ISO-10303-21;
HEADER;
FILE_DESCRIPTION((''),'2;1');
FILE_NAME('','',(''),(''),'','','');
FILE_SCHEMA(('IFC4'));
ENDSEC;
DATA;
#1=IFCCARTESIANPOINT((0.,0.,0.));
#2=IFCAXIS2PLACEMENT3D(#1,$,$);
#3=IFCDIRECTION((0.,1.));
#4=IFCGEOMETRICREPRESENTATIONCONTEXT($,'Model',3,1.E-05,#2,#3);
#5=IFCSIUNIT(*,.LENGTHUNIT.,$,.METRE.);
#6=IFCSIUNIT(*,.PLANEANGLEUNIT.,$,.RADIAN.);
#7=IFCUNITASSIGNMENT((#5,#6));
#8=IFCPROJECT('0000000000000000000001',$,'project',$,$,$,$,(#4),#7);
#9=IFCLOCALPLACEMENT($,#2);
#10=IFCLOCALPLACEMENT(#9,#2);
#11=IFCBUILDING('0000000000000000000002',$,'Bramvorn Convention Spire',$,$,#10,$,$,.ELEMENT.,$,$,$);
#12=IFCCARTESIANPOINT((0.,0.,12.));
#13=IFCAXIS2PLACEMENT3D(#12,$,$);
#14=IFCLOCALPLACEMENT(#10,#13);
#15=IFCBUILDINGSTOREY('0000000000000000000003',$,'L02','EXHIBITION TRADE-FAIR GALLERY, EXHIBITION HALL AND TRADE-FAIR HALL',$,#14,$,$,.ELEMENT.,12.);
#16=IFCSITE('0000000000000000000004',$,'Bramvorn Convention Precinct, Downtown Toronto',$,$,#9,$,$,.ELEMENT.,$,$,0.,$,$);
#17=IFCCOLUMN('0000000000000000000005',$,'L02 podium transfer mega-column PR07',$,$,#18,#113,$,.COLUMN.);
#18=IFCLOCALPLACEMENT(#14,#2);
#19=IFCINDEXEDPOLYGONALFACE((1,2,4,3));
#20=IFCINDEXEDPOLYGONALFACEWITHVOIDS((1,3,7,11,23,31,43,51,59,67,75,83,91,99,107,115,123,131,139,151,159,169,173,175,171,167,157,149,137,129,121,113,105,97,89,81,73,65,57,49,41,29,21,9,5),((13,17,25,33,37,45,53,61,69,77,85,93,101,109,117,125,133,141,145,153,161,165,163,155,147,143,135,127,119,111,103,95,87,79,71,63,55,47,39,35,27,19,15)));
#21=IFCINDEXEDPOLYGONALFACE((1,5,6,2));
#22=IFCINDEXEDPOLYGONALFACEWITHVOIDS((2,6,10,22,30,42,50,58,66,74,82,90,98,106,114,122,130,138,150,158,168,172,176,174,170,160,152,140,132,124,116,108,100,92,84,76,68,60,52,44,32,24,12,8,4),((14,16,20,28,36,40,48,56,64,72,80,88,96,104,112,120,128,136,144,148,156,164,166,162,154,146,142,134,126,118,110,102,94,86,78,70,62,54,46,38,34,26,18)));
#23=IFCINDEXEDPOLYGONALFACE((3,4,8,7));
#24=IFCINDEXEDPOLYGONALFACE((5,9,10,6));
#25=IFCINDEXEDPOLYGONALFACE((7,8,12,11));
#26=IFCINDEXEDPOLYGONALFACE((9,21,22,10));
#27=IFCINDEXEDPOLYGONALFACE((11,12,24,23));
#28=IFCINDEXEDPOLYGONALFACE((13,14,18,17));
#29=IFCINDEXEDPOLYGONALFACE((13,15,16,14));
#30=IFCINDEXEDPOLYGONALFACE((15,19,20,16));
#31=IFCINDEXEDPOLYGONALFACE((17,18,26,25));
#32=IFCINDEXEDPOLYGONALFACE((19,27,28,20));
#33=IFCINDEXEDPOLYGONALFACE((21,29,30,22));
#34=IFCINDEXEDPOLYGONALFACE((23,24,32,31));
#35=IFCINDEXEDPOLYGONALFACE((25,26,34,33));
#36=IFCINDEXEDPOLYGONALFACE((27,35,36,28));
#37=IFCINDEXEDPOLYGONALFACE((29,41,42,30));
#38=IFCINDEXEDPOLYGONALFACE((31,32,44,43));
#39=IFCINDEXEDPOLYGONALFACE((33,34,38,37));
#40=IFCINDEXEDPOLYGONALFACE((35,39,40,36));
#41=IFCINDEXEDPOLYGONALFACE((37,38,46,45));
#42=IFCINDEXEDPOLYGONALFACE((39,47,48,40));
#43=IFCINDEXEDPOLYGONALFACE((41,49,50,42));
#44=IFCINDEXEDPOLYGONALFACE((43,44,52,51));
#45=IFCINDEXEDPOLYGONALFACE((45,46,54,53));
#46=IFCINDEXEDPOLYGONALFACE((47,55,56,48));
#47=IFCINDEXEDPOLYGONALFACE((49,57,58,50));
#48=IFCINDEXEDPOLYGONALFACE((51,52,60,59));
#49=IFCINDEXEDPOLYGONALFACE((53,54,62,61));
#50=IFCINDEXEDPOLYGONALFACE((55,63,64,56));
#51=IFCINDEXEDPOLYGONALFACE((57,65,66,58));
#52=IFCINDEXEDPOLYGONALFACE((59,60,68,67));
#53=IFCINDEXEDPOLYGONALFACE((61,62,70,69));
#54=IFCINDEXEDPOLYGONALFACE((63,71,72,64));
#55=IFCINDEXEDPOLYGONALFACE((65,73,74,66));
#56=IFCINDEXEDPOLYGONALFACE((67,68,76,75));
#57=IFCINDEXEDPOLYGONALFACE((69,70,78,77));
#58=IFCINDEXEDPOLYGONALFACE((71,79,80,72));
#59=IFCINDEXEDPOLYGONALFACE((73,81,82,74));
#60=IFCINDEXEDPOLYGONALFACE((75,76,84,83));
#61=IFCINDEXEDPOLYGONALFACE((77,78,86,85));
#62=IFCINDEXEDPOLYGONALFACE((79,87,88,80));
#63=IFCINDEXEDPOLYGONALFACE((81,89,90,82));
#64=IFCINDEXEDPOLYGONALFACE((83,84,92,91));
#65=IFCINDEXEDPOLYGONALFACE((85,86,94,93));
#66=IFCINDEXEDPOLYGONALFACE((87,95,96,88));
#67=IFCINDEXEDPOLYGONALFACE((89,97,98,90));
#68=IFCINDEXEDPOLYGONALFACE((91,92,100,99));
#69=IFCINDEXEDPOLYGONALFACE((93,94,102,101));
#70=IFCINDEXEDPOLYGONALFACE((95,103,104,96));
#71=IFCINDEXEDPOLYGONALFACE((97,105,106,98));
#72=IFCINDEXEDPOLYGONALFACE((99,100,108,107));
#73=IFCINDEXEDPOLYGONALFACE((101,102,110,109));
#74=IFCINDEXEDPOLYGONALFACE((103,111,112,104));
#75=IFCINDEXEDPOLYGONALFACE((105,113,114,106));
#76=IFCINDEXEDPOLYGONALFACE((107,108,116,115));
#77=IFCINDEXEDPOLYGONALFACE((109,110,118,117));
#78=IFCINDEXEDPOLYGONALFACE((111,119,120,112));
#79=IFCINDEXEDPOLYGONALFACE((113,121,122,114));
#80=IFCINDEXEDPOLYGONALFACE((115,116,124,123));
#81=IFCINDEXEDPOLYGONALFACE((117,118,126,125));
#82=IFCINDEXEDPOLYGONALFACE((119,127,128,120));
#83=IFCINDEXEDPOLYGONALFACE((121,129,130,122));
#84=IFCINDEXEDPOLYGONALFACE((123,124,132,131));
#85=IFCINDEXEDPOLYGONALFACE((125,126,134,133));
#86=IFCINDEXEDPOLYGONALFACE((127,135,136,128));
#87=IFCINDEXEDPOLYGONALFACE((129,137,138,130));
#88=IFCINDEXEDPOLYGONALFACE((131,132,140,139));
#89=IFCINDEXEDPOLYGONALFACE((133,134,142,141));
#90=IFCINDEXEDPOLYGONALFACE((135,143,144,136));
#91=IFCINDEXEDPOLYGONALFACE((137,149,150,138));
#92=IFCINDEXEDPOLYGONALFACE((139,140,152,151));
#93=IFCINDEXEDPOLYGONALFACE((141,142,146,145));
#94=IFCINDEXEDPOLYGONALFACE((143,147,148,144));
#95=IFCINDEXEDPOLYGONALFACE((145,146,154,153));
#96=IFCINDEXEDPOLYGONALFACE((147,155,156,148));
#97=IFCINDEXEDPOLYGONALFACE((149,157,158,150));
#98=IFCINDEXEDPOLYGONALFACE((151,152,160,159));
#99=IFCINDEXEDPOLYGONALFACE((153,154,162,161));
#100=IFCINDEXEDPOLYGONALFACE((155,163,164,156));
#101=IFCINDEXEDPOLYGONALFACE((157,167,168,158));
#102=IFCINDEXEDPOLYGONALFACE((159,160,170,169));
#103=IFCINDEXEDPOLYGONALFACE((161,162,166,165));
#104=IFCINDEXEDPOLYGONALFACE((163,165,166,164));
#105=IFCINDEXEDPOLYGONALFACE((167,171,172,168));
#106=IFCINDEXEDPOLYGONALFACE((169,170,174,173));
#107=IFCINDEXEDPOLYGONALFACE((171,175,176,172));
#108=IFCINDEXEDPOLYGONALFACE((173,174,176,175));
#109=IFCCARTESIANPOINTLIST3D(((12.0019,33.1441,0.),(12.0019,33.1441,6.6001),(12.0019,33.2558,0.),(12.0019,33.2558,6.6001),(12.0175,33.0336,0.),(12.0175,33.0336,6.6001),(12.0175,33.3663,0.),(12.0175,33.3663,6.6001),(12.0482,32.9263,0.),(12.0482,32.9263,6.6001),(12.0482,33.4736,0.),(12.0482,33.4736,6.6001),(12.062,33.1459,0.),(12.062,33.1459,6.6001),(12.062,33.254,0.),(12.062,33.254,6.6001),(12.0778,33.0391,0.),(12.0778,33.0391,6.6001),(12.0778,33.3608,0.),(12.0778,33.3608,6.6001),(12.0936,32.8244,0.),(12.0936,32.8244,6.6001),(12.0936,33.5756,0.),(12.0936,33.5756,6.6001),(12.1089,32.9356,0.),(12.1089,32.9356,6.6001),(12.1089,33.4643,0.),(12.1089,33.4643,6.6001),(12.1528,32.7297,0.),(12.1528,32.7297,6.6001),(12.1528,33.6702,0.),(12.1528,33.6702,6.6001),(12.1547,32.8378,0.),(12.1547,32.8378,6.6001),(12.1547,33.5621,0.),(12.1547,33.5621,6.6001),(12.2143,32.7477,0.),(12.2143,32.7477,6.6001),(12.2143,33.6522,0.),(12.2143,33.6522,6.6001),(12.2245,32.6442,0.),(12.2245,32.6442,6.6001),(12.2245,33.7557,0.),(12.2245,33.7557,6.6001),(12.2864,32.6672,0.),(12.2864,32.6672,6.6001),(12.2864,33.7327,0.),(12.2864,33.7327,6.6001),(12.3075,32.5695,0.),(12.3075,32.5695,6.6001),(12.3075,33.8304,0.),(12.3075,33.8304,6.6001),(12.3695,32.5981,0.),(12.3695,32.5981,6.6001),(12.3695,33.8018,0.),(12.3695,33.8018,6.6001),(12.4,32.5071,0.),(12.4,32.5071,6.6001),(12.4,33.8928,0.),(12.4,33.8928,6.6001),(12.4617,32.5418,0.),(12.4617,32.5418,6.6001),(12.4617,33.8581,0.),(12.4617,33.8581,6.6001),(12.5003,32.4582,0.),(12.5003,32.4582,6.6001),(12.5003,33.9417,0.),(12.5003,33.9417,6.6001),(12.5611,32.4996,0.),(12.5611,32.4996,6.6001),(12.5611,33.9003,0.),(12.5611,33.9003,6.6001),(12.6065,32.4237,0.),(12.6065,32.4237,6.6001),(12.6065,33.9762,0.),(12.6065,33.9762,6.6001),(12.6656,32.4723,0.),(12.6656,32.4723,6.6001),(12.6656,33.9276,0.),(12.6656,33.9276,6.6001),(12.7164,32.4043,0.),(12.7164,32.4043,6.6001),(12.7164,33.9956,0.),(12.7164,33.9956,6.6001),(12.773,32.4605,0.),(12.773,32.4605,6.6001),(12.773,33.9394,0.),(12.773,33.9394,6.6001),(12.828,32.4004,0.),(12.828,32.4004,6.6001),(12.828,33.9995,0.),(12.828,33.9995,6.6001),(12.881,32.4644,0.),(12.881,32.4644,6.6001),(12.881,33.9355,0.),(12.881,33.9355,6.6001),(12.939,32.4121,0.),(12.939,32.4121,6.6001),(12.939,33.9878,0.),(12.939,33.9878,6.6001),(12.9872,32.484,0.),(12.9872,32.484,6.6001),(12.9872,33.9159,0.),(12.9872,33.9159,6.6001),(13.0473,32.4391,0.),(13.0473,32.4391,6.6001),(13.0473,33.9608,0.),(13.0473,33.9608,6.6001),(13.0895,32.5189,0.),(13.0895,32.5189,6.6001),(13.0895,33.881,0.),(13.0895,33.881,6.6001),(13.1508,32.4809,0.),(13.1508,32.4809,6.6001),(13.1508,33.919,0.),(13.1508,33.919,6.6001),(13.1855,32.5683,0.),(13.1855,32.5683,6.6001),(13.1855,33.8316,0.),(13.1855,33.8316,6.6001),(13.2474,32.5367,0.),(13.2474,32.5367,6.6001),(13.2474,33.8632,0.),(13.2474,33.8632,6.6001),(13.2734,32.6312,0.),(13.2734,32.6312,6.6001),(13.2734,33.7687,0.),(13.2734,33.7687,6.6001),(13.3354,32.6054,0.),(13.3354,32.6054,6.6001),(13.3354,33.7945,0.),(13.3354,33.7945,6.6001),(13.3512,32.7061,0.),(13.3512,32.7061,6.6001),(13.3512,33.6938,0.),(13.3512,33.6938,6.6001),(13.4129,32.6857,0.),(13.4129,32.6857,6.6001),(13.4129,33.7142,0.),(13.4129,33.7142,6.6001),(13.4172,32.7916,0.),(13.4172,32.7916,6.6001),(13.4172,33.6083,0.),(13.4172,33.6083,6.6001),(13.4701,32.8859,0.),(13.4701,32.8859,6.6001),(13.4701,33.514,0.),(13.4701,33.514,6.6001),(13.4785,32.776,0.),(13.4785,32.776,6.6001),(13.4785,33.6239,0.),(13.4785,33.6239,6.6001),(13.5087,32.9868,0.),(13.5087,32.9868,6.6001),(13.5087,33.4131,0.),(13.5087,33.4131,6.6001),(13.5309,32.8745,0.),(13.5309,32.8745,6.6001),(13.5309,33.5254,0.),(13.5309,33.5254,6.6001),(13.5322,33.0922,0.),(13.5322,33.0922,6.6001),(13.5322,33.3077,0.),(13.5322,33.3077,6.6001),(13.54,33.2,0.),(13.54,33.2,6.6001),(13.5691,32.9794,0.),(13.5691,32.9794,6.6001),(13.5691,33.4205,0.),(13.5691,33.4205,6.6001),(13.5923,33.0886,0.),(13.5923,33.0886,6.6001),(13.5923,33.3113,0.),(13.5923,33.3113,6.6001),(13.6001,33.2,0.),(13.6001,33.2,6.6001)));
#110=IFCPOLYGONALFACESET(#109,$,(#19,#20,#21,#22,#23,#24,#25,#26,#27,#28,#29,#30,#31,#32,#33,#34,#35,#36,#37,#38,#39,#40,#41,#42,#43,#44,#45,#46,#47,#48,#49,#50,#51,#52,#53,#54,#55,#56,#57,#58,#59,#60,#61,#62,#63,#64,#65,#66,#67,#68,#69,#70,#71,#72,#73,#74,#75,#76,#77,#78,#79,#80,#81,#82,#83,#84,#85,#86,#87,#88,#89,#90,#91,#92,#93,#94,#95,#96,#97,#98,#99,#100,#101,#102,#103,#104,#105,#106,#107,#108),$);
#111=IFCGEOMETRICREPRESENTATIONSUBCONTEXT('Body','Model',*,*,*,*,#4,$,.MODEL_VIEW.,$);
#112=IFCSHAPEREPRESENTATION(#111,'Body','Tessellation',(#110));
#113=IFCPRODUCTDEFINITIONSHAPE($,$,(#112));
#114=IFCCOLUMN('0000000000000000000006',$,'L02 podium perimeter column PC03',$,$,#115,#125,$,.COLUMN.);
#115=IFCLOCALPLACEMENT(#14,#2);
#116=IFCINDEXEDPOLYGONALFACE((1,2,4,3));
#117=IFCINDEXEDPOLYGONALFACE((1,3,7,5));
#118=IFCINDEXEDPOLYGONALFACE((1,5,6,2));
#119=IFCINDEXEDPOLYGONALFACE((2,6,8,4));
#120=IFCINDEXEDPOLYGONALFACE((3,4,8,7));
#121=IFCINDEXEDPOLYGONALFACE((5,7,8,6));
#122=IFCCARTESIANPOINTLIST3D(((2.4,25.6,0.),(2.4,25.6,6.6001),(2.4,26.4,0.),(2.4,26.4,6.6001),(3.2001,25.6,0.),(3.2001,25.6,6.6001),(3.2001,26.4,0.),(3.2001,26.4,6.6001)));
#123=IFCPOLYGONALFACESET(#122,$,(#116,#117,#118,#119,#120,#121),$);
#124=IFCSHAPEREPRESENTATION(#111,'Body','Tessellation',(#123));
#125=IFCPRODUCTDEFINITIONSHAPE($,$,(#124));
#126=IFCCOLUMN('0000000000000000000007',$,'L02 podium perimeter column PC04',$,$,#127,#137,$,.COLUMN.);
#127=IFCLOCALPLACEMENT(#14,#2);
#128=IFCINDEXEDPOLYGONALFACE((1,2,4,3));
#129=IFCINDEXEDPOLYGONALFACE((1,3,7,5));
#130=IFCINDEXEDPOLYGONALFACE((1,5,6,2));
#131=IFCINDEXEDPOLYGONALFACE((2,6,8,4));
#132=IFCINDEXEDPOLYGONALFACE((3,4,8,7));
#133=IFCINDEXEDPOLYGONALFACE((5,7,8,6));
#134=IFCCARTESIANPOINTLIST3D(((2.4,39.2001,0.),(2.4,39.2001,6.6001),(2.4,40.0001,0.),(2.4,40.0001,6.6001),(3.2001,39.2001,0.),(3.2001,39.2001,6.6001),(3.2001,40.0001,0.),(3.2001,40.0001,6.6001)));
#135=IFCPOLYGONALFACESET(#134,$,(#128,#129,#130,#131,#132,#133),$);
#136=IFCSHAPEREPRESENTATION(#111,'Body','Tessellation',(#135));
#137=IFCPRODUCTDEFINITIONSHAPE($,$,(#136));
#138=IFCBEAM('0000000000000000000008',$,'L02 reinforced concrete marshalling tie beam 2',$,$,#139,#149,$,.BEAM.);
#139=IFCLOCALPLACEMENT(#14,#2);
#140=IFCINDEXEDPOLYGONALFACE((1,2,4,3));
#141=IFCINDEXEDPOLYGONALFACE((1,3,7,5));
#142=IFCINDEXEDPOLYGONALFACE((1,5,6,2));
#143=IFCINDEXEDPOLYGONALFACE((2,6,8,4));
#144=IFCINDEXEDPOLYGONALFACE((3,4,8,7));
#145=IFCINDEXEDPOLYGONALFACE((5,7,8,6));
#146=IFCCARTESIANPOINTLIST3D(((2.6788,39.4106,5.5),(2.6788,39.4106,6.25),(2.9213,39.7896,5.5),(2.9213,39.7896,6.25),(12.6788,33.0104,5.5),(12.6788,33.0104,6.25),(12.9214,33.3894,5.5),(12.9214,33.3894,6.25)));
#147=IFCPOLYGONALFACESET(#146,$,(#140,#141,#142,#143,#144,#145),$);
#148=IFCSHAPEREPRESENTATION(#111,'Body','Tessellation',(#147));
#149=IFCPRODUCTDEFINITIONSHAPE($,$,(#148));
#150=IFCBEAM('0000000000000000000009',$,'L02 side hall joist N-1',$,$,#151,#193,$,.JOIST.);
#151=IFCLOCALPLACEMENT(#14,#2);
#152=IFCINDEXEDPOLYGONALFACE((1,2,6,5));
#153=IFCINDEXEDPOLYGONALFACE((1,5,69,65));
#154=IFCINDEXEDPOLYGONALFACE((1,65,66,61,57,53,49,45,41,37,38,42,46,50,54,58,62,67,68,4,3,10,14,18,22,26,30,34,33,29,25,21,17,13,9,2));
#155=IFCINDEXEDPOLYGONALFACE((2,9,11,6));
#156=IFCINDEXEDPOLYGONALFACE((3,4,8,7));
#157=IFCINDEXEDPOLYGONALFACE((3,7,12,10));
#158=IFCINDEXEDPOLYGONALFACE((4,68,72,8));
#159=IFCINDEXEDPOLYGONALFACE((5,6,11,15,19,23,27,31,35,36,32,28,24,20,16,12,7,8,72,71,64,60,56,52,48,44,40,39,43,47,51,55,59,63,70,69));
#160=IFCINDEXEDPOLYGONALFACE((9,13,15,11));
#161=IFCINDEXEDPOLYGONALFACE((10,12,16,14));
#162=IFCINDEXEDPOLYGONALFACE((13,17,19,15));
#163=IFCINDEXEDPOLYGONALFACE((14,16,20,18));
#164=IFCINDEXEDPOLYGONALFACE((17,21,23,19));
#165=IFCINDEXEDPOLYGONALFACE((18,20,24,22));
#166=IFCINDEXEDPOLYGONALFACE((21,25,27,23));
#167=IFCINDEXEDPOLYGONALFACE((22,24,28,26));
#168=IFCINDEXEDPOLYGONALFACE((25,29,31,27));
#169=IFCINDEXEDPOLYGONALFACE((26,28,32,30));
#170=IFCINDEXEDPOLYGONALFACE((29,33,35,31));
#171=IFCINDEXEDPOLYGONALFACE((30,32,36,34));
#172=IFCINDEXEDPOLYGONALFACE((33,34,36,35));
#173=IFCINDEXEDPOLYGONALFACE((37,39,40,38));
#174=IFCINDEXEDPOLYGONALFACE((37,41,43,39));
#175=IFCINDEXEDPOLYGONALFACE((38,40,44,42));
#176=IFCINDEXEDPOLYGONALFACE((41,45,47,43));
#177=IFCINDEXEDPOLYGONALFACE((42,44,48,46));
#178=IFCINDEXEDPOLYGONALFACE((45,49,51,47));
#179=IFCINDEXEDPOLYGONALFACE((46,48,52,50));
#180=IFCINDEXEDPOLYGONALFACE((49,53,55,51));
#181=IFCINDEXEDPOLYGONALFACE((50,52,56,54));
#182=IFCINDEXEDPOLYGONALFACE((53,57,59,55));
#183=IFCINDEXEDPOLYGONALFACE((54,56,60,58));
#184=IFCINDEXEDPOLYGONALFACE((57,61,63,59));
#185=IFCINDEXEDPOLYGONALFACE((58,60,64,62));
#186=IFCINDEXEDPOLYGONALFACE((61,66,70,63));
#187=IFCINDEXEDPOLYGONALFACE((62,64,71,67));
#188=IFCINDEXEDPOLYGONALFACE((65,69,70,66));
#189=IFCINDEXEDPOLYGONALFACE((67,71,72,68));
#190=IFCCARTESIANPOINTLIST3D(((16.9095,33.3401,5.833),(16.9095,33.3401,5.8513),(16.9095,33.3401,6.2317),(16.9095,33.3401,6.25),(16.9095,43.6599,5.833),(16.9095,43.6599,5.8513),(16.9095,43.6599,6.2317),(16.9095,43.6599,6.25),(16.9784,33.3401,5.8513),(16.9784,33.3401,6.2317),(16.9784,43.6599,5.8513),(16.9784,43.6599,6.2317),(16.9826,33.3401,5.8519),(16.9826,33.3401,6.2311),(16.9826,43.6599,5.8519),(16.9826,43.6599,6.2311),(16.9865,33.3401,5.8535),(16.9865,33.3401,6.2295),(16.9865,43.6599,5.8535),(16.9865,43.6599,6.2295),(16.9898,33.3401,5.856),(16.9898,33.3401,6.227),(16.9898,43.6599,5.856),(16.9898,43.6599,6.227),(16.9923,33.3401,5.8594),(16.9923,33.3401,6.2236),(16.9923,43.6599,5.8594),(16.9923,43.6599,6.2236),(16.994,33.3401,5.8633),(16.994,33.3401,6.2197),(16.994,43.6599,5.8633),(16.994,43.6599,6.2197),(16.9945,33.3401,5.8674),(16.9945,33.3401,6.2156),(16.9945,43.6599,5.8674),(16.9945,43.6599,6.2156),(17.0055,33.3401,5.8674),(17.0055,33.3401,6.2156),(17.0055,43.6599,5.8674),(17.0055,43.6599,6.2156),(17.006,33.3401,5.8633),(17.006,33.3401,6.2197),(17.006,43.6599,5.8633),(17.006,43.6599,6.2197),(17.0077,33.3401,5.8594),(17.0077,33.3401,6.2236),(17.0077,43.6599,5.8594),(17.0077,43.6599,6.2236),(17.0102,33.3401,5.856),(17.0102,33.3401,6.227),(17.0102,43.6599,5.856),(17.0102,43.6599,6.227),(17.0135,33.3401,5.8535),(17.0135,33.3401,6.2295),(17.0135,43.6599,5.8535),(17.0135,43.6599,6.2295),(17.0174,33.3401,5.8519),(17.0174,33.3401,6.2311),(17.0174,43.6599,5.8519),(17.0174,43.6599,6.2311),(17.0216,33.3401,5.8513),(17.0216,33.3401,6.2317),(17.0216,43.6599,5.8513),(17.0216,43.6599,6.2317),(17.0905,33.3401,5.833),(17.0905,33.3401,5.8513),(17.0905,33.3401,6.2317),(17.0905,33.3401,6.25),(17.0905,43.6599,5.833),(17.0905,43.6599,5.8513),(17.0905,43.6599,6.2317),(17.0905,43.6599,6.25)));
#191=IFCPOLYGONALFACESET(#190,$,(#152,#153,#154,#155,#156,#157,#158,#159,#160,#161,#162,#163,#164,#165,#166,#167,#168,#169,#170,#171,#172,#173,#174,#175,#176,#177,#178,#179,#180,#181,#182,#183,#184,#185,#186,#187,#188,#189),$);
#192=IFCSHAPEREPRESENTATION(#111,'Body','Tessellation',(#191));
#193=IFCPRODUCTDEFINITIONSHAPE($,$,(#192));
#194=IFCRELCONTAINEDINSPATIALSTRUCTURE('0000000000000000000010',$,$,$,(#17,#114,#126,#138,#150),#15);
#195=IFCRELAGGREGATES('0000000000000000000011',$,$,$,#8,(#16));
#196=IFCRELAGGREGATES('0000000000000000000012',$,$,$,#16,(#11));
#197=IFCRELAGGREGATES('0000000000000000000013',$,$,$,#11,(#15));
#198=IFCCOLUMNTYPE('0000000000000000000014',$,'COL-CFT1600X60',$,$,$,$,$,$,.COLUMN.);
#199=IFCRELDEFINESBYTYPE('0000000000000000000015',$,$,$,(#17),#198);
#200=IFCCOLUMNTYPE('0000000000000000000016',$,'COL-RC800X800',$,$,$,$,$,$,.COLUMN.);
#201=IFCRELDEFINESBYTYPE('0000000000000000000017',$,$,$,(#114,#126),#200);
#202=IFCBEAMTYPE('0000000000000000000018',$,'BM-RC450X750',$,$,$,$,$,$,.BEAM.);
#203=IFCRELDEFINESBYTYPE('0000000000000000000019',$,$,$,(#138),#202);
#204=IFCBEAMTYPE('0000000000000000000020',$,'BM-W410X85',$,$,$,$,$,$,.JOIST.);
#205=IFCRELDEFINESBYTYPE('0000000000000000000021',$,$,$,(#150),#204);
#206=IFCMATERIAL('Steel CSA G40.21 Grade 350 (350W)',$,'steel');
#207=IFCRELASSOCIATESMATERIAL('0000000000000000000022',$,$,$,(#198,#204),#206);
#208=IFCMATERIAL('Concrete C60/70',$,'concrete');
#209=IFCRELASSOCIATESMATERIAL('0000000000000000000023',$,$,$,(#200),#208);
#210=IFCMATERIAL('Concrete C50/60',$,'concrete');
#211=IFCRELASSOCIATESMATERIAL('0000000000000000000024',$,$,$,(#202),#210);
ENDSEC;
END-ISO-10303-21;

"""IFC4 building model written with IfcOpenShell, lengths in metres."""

from ifc_helpers import new_model, si_unit, direction, frame, origin, origin_2d, place, context, subcontext, project, spatial, rectangle, hollow_circle, i_section, extrude, material, material_profile, profile_set, type_object, element, save


model = new_model("IFC4")

# Units and contexts
model_context = context("Model", 3, precision=1e-05, world=origin(), true_north=direction((0.0, 1.0)))
body_context = subcontext(model_context, "Body", "Model", "MODEL_VIEW")
ifc_project = project(units=[si_unit("LENGTHUNIT", "METRE"), si_unit("PLANEANGLEUNIT", "RADIAN")], contexts=[model_context])

# Site, building, storey
site_placement = place(None, origin())
site = spatial("IfcSite", under=ifc_project, at=site_placement, Name="Bramvorn Convention Precinct, Downtown Toronto", CompositionType="ELEMENT", RefElevation=0.0)
building_placement = place(site_placement, origin())
building = spatial("IfcBuilding", under=site, at=building_placement, Name="Bramvorn Convention Spire", CompositionType="ELEMENT")
storey_placement = place(building_placement, frame((0.0, 0.0, 12.0)))
storey = spatial("IfcBuildingStorey", under=building, at=storey_placement, Name="L02", Description="EXHIBITION TRADE-FAIR GALLERY, EXHIBITION HALL AND TRADE-FAIR HALL", CompositionType="ELEMENT", Elevation=12.0)

# Columns
ifc_material_1 = material(Name="Steel CSA G40.21 Grade 350 (350W)", Category="steel")
ifc_material_profile_1 = material_profile(ifc_material_1, hollow_circle(Radius=0.8, WallThickness=0.0601, at=origin_2d()))
ifc_profile_set_1 = profile_set([ifc_material_profile_1], Name="Steel CSA G40.21 Grade 350 (350W) - CFT1600X60")
column_type_1 = type_object("IfcColumnType", Name="COL-CFT1600X60", PredefinedType="COLUMN", material=ifc_profile_set_1)
column_placement = place(storey_placement, frame((12.8, 33.2, 0.0), z_axis=(0.0, 0.0, 1.0), x_axis=(1.0, 0.0, 0.0)))
element("IfcColumn", 1, at=column_placement, inside=storey, type_object=column_type_1, Name="L02 podium transfer mega-column PR07", PredefinedType="COLUMN", context=body_context, shape_type="SweptSolid", body=[
    extrude(hollow_circle(Radius=0.8, WallThickness=0.0601, at=origin_2d()), origin(), (0.0, 0.0, 1.0), 6.6001),
])
ifc_material_2 = material(Name="Concrete C60/70", Category="concrete")
ifc_material_profile_2 = material_profile(ifc_material_2, rectangle(XDim=0.8, YDim=0.8, at=origin_2d()))
ifc_profile_set_2 = profile_set([ifc_material_profile_2], Name="Concrete C60/70 - RC800X800")
column_type_2 = type_object("IfcColumnType", Name="COL-RC800X800", PredefinedType="COLUMN", material=ifc_profile_set_2)
for number, where, z_axis, x_axis, name in (
    (2, (2.8, 26.0, 0.0), (0.0, 0.0, 1.0), (1.0, 0.0, 0.0), "L02 podium perimeter column PC03"),
    (3, (2.8, 39.6001, 0.0), (0.0, 0.0, 1.0), (1.0, 0.0, 0.0), "L02 podium perimeter column PC04"),
):
    element("IfcColumn", number, at=place(storey_placement, frame(where, z_axis=z_axis, x_axis=x_axis)), inside=storey, type_object=column_type_2, Name=name, PredefinedType="COLUMN", context=body_context, shape_type="SweptSolid", body=[
        extrude(rectangle(XDim=0.8, YDim=0.8, at=origin_2d()), origin(), (0.0, 0.0, 1.0), 6.6001),
    ])

# Beams
ifc_material_3 = material(Name="Concrete C50/60", Category="concrete")
ifc_material_profile_3 = material_profile(ifc_material_3, rectangle(XDim=0.45, YDim=0.75, at=origin_2d()))
ifc_profile_set_3 = profile_set([ifc_material_profile_3], Name="Concrete C50/60 - RC450X750")
beam_type_1 = type_object("IfcBeamType", Name="BM-RC450X750", PredefinedType="BEAM", material=ifc_profile_set_3)
beam_1_placement = place(storey_placement, frame((2.8, 39.6001, 5.875), z_axis=(0.842266, -0.539062, 0.0), x_axis=(0.539062, 0.842266, 0.0)))
element("IfcBeam", 4, at=beam_1_placement, inside=storey, type_object=beam_type_1, Name="L02 reinforced concrete marshalling tie beam 2", PredefinedType="BEAM", context=body_context, shape_type="SweptSolid", body=[
    extrude(rectangle(XDim=0.45, YDim=0.75, at=origin_2d()), origin(), (0.0, 0.0, 1.0), 11.8728),
])
ifc_material_profile_4 = material_profile(ifc_material_1, i_section(OverallWidth=0.1809, OverallDepth=0.417, WebThickness=0.011, FlangeThickness=0.0183, FilletRadius=0.0161, at=origin_2d()))
ifc_profile_set_4 = profile_set([ifc_material_profile_4], Name="Steel CSA G40.21 Grade 350 (350W) - W410X85")
beam_type_2 = type_object("IfcBeamType", Name="BM-W410X85", PredefinedType="JOIST", material=ifc_profile_set_4)
beam_2_placement = place(storey_placement, frame((17.0, 33.3401, 6.0415), z_axis=(0.0, 1.0, 0.0), x_axis=(-1.0, 0.0, 0.0)))
element("IfcBeam", 5, at=beam_2_placement, inside=storey, type_object=beam_type_2, Name="L02 side hall joist N-1", PredefinedType="JOIST", context=body_context, shape_type="SweptSolid", body=[
    extrude(i_section(OverallWidth=0.1809, OverallDepth=0.417, WebThickness=0.011, FlangeThickness=0.0183, FilletRadius=0.0161, at=origin_2d()), origin(), (0.0, 0.0, 1.0), 10.3198),
])

save(model, "model.ifc")
